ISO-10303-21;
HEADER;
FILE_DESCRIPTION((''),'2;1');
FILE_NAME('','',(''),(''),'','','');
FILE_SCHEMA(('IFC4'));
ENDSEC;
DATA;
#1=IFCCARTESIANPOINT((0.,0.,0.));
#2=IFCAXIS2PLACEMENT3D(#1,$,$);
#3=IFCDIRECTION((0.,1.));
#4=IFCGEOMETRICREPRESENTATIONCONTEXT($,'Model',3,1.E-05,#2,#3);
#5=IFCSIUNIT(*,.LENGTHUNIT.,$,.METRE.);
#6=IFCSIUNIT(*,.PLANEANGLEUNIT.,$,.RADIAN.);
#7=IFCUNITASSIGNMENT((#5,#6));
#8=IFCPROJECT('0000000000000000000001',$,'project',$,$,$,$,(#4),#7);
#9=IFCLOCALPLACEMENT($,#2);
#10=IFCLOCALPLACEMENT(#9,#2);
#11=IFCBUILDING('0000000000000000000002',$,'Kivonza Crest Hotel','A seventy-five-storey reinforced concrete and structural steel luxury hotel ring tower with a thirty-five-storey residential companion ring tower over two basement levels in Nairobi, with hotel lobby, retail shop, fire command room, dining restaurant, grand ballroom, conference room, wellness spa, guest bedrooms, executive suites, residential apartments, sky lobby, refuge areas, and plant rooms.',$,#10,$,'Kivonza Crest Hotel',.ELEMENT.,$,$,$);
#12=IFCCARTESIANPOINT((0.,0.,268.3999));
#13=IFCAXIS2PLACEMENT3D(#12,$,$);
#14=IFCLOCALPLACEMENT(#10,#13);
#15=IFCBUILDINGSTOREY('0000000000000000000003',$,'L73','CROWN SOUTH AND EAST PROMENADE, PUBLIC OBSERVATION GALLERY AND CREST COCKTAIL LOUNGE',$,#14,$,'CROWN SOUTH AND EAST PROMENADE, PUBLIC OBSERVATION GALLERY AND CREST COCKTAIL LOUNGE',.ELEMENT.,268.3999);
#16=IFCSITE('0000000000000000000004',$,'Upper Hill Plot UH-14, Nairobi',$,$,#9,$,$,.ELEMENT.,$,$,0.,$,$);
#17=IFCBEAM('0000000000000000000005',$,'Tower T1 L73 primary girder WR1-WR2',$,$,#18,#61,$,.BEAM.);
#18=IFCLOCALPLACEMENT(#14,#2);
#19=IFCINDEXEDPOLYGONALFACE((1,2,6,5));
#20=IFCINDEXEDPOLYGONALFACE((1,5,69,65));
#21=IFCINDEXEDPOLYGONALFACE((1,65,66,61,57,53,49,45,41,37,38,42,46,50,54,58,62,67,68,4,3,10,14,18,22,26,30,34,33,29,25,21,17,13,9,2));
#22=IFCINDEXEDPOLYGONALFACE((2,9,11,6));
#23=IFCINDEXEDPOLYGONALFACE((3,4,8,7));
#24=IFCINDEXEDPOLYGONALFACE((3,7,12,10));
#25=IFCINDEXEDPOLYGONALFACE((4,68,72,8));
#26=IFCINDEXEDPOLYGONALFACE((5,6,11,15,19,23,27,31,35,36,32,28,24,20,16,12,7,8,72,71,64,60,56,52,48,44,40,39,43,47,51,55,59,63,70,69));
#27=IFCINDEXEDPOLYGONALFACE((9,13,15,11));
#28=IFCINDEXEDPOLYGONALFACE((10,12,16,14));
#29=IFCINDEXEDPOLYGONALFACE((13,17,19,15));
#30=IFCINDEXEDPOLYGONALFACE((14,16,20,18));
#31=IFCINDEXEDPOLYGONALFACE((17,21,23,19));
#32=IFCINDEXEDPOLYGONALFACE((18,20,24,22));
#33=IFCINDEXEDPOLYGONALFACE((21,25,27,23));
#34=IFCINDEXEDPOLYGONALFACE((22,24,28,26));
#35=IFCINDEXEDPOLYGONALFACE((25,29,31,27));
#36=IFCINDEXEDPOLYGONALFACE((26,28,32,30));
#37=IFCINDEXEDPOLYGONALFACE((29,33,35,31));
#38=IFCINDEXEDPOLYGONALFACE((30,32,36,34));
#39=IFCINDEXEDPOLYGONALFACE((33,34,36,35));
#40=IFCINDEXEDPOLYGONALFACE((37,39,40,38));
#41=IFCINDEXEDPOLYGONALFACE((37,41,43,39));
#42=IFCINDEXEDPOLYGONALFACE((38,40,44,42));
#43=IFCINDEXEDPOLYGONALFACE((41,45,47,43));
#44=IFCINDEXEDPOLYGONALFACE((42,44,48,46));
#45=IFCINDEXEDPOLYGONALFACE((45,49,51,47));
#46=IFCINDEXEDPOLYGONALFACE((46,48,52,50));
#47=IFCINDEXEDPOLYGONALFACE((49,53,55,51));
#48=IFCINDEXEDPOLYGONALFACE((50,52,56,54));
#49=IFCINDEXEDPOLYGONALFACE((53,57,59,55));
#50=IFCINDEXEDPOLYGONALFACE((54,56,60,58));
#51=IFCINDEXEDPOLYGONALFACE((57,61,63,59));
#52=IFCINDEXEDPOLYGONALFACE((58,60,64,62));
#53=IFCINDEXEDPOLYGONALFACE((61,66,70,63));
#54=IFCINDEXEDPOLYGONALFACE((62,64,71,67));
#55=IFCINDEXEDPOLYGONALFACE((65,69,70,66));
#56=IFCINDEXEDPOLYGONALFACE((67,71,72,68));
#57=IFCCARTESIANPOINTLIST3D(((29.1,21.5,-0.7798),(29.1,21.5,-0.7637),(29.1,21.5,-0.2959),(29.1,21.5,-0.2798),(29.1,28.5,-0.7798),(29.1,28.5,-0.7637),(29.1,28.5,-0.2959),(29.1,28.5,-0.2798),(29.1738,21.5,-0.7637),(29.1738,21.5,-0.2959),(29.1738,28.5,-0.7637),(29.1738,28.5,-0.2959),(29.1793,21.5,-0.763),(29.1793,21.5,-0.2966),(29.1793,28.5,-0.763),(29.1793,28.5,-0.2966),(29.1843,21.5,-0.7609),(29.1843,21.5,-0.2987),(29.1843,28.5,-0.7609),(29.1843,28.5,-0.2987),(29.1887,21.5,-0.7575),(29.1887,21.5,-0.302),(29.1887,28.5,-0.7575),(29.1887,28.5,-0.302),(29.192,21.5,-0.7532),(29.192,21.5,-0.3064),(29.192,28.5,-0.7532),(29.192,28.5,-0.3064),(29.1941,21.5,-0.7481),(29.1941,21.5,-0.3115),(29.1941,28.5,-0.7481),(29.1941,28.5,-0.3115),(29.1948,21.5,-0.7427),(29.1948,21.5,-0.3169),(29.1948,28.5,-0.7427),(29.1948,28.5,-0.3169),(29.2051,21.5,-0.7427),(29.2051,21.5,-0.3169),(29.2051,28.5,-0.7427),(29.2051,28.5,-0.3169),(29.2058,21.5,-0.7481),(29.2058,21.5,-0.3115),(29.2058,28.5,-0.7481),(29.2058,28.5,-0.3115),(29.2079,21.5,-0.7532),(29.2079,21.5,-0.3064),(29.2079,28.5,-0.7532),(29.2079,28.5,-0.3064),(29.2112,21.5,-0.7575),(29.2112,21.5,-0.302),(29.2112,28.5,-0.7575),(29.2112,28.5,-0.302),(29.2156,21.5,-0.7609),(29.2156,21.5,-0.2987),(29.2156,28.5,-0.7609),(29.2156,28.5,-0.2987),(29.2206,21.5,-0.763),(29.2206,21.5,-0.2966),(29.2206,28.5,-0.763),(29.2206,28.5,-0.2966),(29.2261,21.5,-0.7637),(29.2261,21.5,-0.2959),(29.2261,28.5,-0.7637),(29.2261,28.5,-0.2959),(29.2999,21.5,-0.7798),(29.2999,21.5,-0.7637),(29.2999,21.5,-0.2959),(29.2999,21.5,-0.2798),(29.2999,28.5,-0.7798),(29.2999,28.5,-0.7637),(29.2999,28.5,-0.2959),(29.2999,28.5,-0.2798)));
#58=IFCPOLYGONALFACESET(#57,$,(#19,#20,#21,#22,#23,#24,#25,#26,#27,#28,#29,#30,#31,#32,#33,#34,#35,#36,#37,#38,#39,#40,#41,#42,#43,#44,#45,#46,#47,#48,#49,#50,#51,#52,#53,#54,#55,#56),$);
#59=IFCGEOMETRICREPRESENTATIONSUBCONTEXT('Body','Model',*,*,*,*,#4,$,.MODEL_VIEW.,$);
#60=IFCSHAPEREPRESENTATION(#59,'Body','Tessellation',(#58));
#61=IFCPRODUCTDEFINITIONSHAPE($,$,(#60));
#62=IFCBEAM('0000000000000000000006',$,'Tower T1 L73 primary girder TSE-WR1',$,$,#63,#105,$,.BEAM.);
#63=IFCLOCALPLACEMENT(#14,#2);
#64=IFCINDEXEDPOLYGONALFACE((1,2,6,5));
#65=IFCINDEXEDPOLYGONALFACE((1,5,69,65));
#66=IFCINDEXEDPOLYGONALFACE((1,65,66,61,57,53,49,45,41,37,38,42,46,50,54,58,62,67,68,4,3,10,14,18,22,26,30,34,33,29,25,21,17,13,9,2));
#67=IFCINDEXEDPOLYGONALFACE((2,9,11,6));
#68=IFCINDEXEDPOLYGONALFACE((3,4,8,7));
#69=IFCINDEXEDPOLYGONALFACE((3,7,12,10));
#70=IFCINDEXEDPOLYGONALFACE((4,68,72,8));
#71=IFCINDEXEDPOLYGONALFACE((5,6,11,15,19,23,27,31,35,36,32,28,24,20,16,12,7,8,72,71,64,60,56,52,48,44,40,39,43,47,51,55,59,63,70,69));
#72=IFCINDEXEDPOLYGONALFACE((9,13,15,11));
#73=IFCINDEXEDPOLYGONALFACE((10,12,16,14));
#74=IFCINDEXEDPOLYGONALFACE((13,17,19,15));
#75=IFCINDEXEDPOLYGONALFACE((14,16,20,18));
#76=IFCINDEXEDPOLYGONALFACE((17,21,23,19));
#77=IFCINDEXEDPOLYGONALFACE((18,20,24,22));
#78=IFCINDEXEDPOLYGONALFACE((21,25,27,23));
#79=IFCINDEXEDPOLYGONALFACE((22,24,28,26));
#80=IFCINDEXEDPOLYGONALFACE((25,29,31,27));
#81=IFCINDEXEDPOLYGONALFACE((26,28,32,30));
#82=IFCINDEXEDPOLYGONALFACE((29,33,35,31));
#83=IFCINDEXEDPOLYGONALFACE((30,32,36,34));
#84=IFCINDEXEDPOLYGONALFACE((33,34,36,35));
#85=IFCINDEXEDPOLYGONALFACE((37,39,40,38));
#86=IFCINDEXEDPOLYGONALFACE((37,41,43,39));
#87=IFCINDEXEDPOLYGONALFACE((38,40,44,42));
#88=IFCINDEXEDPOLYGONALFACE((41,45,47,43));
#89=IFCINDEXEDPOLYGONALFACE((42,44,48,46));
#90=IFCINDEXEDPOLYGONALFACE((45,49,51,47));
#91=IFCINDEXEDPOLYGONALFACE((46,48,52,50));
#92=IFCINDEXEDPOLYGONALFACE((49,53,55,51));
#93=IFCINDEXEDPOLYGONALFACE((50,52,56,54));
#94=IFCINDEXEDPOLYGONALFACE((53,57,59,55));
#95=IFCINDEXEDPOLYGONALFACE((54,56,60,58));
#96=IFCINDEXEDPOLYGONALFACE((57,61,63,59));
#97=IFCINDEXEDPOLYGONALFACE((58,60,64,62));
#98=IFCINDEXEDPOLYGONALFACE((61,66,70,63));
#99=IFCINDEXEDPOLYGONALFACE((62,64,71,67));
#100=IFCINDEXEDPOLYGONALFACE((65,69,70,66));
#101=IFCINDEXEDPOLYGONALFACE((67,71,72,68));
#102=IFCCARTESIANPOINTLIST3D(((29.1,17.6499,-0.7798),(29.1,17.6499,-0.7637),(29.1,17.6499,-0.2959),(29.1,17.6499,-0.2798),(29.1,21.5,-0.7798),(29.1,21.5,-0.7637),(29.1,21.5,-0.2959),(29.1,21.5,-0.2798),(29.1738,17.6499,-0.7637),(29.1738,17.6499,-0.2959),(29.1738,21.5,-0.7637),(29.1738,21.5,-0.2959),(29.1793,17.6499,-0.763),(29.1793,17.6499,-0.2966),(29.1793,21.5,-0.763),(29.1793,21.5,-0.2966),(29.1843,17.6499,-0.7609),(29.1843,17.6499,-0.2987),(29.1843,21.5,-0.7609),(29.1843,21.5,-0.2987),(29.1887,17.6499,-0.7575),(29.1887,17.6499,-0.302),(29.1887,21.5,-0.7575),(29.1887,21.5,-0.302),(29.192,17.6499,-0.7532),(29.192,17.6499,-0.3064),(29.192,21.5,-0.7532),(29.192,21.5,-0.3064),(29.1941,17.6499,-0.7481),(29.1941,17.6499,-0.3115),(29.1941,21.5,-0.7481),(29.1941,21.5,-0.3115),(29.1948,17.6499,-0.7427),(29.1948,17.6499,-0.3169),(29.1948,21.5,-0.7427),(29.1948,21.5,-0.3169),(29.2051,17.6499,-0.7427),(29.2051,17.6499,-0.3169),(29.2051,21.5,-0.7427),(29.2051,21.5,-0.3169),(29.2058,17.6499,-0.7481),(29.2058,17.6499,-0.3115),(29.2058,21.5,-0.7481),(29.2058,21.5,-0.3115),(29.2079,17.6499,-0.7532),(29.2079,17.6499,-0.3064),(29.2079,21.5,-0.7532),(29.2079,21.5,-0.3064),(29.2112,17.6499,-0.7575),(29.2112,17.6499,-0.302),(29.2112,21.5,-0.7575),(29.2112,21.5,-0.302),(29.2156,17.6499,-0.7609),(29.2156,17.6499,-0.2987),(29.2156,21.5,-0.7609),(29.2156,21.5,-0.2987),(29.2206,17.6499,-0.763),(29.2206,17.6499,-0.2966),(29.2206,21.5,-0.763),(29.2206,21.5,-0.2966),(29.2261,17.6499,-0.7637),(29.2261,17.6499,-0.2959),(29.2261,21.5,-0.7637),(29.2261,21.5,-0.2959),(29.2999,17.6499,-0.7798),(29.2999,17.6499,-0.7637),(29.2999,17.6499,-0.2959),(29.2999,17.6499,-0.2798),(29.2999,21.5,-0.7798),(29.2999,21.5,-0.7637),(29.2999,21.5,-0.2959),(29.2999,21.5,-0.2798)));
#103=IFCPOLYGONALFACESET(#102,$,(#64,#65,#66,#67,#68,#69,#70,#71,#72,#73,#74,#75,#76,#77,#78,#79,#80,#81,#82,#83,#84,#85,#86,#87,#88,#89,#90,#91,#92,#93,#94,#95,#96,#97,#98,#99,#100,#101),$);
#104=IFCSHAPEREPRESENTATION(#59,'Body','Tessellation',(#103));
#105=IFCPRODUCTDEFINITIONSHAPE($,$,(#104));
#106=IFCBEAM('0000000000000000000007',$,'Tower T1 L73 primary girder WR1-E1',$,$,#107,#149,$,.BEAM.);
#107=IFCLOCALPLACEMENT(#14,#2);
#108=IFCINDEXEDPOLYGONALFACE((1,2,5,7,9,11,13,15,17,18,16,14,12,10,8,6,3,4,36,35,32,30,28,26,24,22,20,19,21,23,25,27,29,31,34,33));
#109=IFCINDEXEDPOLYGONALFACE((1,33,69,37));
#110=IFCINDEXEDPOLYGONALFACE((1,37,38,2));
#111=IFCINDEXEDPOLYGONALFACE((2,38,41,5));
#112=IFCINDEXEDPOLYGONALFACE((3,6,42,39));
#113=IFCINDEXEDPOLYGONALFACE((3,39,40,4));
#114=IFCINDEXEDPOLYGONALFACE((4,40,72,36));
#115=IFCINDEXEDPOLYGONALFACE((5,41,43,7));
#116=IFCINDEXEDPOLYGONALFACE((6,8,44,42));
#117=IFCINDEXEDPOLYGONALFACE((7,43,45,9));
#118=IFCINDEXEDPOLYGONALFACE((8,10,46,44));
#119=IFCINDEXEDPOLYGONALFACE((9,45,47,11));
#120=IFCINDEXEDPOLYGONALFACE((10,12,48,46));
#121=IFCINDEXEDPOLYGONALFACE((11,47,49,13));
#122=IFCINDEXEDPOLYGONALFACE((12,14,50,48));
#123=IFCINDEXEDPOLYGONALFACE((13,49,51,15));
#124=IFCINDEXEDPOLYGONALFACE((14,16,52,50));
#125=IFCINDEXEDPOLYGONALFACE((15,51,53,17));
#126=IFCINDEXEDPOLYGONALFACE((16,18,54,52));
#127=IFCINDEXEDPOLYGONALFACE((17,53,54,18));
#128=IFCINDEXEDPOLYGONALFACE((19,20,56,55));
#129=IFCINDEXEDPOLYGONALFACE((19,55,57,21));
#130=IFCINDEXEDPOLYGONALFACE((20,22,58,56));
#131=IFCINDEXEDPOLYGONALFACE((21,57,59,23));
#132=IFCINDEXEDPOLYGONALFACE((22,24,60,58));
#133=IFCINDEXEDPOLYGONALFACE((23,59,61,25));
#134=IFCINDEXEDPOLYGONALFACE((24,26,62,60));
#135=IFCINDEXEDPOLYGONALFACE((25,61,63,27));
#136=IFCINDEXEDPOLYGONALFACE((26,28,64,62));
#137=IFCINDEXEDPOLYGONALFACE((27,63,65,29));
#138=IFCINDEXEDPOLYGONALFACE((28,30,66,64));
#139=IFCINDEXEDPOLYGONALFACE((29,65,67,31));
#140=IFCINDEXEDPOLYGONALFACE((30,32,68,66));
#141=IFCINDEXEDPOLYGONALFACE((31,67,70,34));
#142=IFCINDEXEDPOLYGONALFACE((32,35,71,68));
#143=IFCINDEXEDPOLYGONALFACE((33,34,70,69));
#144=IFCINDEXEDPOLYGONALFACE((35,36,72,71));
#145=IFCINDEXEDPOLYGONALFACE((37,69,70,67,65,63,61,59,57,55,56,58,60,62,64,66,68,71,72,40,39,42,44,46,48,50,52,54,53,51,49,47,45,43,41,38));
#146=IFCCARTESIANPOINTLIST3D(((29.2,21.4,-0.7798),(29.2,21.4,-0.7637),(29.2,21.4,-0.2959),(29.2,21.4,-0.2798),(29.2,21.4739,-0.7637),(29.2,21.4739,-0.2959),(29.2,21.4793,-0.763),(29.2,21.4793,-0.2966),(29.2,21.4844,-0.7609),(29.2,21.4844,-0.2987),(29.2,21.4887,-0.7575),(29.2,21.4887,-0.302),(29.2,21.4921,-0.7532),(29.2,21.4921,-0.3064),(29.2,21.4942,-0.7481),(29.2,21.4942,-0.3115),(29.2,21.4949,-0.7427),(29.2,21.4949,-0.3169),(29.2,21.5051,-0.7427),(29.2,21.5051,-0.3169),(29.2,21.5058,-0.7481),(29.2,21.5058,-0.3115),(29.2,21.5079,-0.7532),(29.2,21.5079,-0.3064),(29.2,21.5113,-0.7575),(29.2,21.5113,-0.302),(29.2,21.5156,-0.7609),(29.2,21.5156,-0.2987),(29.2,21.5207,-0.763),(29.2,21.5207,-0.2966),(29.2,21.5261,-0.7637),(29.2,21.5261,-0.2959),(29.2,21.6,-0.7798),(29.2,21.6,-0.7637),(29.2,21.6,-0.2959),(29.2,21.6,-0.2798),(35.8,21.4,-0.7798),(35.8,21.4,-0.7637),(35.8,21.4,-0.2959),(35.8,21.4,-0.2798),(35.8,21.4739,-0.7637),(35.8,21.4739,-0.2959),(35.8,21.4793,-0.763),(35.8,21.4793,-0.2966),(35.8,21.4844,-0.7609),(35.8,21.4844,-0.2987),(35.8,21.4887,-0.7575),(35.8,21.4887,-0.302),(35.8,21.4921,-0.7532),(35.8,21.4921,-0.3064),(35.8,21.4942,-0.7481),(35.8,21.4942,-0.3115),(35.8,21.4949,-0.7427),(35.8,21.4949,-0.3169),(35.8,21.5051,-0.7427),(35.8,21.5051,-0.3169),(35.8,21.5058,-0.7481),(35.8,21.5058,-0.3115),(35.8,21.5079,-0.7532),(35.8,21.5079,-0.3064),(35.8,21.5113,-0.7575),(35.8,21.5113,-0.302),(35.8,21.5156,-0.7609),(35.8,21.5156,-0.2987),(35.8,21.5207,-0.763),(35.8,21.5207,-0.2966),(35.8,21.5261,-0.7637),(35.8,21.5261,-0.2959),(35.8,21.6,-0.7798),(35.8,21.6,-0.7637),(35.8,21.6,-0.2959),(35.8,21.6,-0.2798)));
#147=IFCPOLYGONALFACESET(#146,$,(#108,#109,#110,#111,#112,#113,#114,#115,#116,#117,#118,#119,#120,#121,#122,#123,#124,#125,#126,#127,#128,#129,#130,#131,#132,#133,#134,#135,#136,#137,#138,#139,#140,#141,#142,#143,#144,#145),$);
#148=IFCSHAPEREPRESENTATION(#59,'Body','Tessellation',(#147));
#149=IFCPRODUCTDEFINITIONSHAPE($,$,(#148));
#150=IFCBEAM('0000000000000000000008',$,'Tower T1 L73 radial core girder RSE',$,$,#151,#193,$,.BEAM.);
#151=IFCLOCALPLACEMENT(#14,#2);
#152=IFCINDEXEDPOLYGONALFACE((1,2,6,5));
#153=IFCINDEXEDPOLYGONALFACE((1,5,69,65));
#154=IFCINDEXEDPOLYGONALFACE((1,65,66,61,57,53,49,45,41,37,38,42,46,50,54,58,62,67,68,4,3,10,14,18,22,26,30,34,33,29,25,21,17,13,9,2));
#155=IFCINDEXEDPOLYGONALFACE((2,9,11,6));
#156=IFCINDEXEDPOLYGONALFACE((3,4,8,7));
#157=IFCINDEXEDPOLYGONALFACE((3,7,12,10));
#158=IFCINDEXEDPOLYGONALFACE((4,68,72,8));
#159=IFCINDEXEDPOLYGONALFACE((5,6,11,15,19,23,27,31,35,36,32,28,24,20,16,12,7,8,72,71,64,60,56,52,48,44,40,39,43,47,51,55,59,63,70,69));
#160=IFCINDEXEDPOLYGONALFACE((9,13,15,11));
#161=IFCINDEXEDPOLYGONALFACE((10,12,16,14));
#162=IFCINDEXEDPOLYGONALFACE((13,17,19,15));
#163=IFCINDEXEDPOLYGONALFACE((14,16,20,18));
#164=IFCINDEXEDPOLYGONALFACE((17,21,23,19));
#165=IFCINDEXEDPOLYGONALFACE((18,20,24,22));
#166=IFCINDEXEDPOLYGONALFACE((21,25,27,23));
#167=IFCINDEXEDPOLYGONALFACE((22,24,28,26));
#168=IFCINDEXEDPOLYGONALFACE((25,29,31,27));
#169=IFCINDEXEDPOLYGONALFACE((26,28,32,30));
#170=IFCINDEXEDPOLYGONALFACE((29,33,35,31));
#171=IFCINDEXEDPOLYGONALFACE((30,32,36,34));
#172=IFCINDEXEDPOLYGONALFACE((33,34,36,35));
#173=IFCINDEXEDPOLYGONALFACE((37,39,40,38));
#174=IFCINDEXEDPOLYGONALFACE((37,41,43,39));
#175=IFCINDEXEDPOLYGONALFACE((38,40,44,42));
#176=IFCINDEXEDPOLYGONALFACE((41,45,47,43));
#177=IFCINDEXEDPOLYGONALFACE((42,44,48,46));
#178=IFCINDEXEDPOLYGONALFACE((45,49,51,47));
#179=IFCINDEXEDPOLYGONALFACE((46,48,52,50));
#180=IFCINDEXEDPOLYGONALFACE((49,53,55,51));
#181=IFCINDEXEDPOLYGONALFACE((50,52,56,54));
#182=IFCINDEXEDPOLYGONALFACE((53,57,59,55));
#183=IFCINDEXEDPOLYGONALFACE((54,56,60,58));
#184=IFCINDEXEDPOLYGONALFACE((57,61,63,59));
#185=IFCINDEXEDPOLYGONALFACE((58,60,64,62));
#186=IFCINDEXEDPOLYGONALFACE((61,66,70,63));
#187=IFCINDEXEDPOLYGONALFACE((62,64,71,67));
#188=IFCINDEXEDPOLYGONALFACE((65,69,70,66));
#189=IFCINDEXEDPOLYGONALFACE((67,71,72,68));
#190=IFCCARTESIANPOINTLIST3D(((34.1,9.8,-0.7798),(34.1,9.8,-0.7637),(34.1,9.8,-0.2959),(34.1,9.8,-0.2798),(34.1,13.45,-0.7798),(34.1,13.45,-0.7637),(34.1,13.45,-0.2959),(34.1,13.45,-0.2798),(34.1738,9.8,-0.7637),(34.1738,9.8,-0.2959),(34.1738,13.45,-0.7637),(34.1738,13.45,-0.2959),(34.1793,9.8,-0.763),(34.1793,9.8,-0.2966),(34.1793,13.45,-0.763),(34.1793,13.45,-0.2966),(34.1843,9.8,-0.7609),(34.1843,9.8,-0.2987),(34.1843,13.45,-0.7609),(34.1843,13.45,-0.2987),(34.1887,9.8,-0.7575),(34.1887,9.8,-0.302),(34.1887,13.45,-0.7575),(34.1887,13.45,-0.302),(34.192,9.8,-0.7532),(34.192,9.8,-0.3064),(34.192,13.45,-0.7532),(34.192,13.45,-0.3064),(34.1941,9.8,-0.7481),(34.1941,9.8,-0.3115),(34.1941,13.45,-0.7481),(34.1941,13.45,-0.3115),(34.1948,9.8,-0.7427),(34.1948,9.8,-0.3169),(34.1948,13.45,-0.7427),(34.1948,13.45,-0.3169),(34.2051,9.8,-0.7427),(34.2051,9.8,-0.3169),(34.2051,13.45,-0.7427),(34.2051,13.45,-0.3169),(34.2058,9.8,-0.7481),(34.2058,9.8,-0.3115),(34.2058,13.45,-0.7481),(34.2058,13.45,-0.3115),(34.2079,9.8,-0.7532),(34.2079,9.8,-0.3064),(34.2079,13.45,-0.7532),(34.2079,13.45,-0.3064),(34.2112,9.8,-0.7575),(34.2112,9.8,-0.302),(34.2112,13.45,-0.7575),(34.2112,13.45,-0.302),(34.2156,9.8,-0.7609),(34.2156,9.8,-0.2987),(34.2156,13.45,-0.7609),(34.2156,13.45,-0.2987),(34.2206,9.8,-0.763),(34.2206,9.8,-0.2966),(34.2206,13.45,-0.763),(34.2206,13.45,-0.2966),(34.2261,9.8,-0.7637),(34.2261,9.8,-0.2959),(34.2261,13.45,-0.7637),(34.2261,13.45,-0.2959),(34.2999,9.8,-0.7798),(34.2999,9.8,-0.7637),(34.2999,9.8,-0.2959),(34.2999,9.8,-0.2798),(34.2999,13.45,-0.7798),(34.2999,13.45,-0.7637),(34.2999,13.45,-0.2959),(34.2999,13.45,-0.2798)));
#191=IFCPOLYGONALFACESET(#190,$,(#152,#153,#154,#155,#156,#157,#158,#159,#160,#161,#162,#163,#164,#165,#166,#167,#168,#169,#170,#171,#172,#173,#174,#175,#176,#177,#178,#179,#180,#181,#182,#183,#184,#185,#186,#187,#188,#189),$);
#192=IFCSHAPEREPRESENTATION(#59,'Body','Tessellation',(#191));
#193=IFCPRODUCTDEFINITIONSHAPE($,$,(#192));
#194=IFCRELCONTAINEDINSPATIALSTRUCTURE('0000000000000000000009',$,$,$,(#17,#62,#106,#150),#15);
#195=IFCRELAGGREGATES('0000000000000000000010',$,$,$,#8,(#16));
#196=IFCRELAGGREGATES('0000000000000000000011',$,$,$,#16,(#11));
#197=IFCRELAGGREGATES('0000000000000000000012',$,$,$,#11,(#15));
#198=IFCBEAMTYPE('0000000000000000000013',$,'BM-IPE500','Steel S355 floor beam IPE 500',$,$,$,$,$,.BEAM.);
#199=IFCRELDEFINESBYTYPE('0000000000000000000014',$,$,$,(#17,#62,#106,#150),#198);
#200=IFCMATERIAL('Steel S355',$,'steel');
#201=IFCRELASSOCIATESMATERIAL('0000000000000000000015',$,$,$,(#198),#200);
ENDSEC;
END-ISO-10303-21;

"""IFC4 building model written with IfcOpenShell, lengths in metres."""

from ifc_helpers import new_model, si_unit, direction, frame, origin, origin_2d, place, context, subcontext, project, spatial, i_section, extrude, material, material_profile, profile_set, type_object, element, save


model = new_model("IFC4")

# Units and contexts
model_context = context("Model", 3, precision=1e-05, world=origin(), true_north=direction((0.0, 1.0)))
body_context = subcontext(model_context, "Body", "Model", "MODEL_VIEW")
ifc_project = project(units=[si_unit("LENGTHUNIT", "METRE"), si_unit("PLANEANGLEUNIT", "RADIAN")], contexts=[model_context])

# Site, building, storey
site_placement = place(None, origin())
site = spatial("IfcSite", under=ifc_project, at=site_placement, Name="Upper Hill Plot UH-14, Nairobi", CompositionType="ELEMENT", RefElevation=0.0)
building_placement = place(site_placement, origin())
building = spatial("IfcBuilding", under=site, at=building_placement, Name="Kivonza Crest Hotel", Description="A seventy-five-storey reinforced concrete and structural steel luxury hotel ring tower with a thirty-five-storey residential companion ring tower over two basement levels in Nairobi, with hotel lobby, retail shop, fire command room, dining restaurant, grand ballroom, conference room, wellness spa, guest bedrooms, executive suites, residential apartments, sky lobby, refuge areas, and plant rooms.", LongName="Kivonza Crest Hotel", CompositionType="ELEMENT")
storey_placement = place(building_placement, frame((0.0, 0.0, 268.3999)))
storey = spatial("IfcBuildingStorey", under=building, at=storey_placement, Name="L73", Description="CROWN SOUTH AND EAST PROMENADE, PUBLIC OBSERVATION GALLERY AND CREST COCKTAIL LOUNGE", LongName="CROWN SOUTH AND EAST PROMENADE, PUBLIC OBSERVATION GALLERY AND CREST COCKTAIL LOUNGE", CompositionType="ELEMENT", Elevation=268.3999)

# Beams
ifc_material_1 = material(Name="Steel S355", Category="steel")
ifc_material_profile_1 = material_profile(ifc_material_1, i_section(OverallWidth=0.2, OverallDepth=0.5, WebThickness=0.0103, FlangeThickness=0.0161, FilletRadius=0.021, at=origin_2d()), Name="IPE 500")
ifc_profile_set_1 = profile_set([ifc_material_profile_1], Name="Steel S355")
beam_type_1 = type_object("IfcBeamType", Name="BM-IPE500", Description="Steel S355 floor beam IPE 500", PredefinedType="BEAM", material=ifc_profile_set_1)
beam_1_placement = place(storey_placement, frame((29.2, 21.5, -0.5298), z_axis=(0.0, 1.0, 0.0), x_axis=(-1.0, 0.0, 0.0)))
element("IfcBeam", 1, at=beam_1_placement, inside=storey, type_object=beam_type_1, Name="Tower T1 L73 primary girder WR1-WR2", PredefinedType="BEAM", context=body_context, shape_type="SweptSolid", body=[
    extrude(i_section(OverallWidth=0.2, OverallDepth=0.5, WebThickness=0.0103, FlangeThickness=0.0161, FilletRadius=0.021, at=origin_2d()), origin(), (0.0, 0.0, 1.0), 7.0),
])
beam_2_placement = place(storey_placement, frame((29.2, 17.6499, -0.5298), z_axis=(0.0, 1.0, 0.0), x_axis=(-1.0, 0.0, 0.0)))
element("IfcBeam", 2, at=beam_2_placement, inside=storey, type_object=beam_type_1, Name="Tower T1 L73 primary girder TSE-WR1", PredefinedType="BEAM", context=body_context, shape_type="SweptSolid", body=[
    extrude(i_section(OverallWidth=0.2, OverallDepth=0.5, WebThickness=0.0103, FlangeThickness=0.0161, FilletRadius=0.021, at=origin_2d()), origin(), (0.0, 0.0, 1.0), 3.8501),
])
beam_3_placement = place(storey_placement, frame((29.2, 21.5, -0.5298), z_axis=(1.0, 0.0, 0.0), x_axis=(0.0, 1.0, 0.0)))
element("IfcBeam", 3, at=beam_3_placement, inside=storey, type_object=beam_type_1, Name="Tower T1 L73 primary girder WR1-E1", PredefinedType="BEAM", context=body_context, shape_type="SweptSolid", body=[
    extrude(i_section(OverallWidth=0.2, OverallDepth=0.5, WebThickness=0.0103, FlangeThickness=0.0161, FilletRadius=0.021, at=origin_2d()), origin(), (0.0, 0.0, 1.0), 6.6001),
])
beam_4_placement = place(storey_placement, frame((34.2, 9.8, -0.5298), z_axis=(0.0, 1.0, 0.0), x_axis=(-1.0, 0.0, 0.0)))
element("IfcBeam", 4, at=beam_4_placement, inside=storey, type_object=beam_type_1, Name="Tower T1 L73 radial core girder RSE", PredefinedType="BEAM", context=body_context, shape_type="SweptSolid", body=[
    extrude(i_section(OverallWidth=0.2, OverallDepth=0.5, WebThickness=0.0103, FlangeThickness=0.0161, FilletRadius=0.021, at=origin_2d()), origin(), (0.0, 0.0, 1.0), 3.6499),
])

save(model, "model.ifc")
